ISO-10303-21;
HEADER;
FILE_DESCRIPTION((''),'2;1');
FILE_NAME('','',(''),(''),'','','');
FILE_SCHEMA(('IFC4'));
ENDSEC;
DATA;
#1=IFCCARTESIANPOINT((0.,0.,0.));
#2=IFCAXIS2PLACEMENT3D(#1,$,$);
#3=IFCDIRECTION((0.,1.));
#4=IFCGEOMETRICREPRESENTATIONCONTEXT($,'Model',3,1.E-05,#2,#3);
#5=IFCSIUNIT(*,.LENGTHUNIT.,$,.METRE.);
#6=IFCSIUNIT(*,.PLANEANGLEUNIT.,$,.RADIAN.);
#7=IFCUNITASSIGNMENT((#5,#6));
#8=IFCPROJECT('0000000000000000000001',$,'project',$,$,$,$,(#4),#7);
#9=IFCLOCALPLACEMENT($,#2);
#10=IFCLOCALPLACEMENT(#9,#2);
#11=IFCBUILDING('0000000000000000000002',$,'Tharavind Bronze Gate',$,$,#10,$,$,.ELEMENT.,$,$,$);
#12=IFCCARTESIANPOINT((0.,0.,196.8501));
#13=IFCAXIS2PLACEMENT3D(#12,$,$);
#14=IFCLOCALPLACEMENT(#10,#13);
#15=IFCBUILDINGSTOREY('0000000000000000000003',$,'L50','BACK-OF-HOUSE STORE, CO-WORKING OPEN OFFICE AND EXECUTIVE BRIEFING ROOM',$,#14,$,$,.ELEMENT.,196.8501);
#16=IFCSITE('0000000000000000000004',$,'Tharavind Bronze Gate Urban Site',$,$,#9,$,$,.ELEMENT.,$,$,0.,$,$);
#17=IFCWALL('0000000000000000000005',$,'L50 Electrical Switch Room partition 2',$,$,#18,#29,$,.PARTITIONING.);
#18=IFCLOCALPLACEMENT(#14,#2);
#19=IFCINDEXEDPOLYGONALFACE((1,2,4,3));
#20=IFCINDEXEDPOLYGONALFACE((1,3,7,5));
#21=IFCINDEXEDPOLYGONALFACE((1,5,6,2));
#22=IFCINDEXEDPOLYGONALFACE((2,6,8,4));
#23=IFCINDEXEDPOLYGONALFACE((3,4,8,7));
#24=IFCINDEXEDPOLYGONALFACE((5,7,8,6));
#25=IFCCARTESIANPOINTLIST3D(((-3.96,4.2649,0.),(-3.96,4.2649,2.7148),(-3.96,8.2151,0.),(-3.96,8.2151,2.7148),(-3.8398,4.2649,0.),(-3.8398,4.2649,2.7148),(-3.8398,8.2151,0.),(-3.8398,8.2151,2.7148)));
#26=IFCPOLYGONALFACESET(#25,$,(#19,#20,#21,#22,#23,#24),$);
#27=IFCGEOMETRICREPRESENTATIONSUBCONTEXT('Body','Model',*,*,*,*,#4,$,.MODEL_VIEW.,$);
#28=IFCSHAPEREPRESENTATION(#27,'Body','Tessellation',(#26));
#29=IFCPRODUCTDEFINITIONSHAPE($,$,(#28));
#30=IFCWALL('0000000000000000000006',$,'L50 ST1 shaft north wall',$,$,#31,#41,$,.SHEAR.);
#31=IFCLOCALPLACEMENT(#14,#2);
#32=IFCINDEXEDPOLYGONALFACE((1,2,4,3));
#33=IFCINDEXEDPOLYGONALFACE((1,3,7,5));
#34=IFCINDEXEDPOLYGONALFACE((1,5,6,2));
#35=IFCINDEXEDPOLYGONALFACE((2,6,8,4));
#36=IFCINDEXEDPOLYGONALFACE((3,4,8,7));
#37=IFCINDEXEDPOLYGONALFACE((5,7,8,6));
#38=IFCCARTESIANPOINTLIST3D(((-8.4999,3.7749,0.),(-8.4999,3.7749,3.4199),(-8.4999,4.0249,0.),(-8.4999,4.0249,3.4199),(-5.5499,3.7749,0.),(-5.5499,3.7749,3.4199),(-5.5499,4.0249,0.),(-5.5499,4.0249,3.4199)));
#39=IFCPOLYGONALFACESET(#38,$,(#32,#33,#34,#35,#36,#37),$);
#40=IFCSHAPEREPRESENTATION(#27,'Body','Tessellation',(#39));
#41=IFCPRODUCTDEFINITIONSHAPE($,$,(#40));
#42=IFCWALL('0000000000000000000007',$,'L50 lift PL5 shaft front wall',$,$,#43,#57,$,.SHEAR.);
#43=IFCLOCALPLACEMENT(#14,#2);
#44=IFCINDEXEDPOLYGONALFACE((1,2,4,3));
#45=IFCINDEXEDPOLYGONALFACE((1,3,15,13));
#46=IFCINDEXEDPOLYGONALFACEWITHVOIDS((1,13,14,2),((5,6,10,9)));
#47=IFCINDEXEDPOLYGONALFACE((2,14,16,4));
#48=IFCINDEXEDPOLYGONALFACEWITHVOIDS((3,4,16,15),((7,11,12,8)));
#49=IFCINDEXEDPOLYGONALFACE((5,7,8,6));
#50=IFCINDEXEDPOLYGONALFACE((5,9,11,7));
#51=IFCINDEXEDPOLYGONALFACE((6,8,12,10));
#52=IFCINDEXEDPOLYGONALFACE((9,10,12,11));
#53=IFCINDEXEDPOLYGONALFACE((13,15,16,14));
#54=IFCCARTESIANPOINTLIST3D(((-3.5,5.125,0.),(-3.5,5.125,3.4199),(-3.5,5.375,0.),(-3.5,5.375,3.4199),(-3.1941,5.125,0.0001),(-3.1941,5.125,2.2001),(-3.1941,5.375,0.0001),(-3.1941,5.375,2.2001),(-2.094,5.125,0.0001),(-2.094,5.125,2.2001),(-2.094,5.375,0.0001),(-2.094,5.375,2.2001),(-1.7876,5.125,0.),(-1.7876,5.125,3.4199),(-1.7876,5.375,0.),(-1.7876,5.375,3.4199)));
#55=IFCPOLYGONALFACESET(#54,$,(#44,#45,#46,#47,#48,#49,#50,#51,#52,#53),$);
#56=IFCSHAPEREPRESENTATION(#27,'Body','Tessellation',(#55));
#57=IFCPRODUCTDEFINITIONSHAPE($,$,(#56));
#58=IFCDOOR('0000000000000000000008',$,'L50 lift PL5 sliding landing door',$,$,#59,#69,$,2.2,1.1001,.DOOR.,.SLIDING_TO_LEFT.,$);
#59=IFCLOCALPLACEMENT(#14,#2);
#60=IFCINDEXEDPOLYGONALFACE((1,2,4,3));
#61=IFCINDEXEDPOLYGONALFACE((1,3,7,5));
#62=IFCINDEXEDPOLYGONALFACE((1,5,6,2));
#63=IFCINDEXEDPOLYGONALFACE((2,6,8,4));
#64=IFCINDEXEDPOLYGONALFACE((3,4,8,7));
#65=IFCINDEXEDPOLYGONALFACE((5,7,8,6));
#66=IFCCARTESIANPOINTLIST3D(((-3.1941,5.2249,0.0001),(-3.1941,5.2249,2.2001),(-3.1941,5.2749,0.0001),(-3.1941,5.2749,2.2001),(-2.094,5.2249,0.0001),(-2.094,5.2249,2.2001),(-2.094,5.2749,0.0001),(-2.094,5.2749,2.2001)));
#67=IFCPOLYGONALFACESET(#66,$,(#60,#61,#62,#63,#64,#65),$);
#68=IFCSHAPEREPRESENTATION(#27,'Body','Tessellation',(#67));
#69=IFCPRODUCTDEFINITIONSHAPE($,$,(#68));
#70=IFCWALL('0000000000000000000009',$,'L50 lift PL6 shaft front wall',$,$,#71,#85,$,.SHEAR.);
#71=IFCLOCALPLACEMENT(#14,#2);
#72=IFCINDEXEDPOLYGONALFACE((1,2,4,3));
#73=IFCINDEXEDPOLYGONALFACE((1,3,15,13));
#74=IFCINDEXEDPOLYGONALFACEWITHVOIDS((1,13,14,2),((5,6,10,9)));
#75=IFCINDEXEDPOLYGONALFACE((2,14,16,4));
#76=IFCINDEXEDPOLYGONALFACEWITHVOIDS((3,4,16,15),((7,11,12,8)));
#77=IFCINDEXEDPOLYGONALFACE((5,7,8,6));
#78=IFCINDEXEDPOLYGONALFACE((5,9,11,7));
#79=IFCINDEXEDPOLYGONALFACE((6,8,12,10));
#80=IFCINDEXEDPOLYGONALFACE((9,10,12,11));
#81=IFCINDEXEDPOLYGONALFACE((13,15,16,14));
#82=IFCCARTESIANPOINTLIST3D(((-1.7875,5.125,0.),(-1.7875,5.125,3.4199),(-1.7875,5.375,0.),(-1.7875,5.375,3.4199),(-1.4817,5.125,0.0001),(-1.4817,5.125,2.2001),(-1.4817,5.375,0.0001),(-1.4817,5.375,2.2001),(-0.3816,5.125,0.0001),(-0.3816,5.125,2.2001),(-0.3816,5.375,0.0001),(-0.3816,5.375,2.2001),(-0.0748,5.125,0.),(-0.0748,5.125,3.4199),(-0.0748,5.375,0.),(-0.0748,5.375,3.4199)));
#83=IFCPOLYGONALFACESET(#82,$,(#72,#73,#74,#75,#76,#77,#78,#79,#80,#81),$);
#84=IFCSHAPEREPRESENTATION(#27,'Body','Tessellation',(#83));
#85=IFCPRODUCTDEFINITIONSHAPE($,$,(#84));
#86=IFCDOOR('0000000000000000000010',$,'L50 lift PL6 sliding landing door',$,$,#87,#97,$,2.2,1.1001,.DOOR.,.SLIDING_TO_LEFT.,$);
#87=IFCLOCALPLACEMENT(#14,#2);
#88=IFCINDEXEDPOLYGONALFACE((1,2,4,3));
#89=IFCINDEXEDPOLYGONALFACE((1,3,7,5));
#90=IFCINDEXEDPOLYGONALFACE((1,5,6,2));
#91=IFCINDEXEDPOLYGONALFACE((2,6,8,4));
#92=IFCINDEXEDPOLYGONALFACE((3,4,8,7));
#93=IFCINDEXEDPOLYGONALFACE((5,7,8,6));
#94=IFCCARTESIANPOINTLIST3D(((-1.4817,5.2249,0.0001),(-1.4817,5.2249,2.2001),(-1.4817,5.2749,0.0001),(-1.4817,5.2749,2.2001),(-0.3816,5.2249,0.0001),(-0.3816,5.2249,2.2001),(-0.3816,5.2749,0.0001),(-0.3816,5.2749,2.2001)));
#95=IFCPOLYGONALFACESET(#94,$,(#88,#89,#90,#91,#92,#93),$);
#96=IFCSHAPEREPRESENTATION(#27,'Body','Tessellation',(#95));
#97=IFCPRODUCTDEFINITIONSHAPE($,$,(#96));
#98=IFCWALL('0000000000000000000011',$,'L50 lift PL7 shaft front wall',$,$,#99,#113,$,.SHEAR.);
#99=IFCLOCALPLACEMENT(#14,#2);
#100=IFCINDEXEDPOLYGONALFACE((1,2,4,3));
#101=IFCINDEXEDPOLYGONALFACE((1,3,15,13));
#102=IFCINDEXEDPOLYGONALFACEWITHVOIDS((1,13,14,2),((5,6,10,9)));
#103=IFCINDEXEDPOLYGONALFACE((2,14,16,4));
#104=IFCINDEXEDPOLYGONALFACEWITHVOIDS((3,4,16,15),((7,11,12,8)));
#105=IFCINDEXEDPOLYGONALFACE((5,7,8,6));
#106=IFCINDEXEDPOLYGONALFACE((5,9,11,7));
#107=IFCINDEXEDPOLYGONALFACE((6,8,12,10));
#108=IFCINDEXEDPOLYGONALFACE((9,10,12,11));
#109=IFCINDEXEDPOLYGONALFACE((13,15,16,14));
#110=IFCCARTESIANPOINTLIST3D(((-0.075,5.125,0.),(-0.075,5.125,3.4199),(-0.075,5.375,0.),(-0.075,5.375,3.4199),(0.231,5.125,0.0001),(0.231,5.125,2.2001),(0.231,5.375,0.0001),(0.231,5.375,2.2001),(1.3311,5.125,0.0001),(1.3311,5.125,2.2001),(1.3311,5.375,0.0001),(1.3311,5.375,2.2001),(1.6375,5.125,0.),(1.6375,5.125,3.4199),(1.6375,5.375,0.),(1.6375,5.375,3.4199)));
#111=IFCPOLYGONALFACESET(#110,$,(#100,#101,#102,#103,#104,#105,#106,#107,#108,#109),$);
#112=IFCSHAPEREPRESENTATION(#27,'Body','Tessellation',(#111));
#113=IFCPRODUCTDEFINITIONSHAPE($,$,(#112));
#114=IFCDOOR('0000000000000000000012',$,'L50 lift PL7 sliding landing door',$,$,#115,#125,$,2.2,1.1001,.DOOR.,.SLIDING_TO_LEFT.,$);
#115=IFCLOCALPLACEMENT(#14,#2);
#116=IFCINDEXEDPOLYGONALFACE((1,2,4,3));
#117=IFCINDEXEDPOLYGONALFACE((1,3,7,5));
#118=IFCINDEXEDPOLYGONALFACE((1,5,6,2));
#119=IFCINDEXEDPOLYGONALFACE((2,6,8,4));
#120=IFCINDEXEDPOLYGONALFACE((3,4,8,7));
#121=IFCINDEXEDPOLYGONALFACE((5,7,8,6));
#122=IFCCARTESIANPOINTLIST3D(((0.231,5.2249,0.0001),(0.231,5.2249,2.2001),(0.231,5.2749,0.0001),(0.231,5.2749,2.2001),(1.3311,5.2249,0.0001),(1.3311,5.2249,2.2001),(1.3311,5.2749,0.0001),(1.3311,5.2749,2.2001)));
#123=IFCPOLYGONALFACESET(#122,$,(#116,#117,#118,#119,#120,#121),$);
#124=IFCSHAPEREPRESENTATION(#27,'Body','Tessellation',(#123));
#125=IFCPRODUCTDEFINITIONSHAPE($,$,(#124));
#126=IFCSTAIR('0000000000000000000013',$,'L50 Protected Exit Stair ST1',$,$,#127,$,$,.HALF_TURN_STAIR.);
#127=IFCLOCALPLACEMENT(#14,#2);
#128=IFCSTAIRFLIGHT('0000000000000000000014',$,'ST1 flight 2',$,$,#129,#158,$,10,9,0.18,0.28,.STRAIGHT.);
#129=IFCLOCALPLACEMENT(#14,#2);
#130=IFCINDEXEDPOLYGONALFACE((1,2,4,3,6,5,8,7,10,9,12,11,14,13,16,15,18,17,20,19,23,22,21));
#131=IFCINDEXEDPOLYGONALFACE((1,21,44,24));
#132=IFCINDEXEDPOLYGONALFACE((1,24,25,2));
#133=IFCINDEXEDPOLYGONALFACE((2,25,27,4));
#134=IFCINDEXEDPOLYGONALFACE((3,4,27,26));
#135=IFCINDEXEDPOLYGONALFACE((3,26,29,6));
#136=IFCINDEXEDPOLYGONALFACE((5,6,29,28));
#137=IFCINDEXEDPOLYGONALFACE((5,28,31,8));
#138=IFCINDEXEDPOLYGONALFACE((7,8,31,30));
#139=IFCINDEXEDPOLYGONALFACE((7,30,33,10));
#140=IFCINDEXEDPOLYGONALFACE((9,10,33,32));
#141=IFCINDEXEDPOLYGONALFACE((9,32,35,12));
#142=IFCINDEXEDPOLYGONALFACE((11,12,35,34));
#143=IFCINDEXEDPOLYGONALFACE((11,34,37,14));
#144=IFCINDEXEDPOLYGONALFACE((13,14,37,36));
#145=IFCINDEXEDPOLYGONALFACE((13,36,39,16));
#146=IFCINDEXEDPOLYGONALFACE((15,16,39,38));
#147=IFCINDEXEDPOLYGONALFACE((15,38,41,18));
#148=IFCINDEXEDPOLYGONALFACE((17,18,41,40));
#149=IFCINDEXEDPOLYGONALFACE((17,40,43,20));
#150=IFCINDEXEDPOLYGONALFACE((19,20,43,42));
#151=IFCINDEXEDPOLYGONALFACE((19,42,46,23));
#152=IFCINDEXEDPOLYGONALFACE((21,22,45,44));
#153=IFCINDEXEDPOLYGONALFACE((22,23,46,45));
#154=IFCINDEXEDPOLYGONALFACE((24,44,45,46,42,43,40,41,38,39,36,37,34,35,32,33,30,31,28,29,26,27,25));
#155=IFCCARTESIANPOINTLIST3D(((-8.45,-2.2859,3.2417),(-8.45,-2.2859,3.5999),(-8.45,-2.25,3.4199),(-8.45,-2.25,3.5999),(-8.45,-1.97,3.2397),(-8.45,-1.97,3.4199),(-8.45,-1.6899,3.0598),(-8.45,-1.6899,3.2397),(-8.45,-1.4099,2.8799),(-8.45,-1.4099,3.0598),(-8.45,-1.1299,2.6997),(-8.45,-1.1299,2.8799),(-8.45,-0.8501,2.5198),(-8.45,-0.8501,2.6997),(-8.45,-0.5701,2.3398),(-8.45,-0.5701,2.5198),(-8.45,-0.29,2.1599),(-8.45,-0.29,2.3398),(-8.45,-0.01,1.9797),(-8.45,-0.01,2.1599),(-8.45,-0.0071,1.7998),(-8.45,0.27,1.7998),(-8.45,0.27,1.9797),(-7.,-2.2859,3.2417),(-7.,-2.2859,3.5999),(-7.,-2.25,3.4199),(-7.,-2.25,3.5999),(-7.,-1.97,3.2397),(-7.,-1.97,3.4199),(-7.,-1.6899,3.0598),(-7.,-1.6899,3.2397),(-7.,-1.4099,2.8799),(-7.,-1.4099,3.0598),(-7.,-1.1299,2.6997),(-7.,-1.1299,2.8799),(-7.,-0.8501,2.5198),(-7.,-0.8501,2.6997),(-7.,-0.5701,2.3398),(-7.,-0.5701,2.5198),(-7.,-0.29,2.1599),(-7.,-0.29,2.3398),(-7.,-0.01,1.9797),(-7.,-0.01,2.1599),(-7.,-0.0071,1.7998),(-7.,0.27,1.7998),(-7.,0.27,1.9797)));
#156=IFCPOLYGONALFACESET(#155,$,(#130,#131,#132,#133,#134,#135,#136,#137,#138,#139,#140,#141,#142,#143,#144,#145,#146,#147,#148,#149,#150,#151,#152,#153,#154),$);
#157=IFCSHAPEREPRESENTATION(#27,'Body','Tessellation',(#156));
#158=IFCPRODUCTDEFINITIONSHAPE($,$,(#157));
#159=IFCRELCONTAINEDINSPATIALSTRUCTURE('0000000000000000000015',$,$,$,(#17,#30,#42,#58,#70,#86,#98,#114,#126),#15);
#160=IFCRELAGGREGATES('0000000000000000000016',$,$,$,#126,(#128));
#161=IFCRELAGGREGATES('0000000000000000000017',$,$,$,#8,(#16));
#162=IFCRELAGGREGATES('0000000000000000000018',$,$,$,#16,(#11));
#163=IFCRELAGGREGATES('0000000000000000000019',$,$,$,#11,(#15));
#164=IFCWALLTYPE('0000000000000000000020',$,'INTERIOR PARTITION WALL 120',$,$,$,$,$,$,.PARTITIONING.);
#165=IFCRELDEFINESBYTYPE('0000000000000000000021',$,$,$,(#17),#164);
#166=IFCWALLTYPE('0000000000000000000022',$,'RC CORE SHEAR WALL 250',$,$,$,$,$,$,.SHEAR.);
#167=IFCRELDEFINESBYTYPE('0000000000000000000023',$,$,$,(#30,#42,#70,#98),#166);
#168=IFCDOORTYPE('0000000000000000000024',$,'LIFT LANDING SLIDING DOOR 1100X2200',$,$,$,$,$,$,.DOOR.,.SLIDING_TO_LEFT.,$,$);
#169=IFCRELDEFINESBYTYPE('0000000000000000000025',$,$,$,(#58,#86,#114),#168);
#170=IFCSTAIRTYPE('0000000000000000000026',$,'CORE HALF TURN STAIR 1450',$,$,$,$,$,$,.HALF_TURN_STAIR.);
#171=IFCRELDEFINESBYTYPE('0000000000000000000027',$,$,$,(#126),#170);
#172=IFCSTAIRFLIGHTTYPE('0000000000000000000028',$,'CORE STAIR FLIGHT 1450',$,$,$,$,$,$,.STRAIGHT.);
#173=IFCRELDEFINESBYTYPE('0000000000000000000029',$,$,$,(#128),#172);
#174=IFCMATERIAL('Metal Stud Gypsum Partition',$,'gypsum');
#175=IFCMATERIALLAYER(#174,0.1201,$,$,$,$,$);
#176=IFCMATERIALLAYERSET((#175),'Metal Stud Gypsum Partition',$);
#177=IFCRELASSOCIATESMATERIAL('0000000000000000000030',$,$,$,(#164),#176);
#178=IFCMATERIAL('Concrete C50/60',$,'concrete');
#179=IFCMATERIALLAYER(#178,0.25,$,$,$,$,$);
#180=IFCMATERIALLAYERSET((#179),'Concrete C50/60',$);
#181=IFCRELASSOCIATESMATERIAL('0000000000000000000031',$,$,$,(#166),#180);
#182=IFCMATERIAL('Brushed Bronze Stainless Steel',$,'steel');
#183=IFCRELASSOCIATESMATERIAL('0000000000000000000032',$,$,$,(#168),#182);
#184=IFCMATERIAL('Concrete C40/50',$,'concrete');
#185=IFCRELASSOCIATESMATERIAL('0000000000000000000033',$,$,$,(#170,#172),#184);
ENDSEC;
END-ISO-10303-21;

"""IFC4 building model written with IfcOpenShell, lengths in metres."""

from ifc_helpers import new_model, si_unit, direction, frame, frame_2d, origin, place, context, subcontext, project, spatial, polyline, rectangle, outline, extrude, material, layer, layer_set, type_object, element, fill, aggregate, save


model = new_model("IFC4")

# Units and contexts
model_context = context("Model", 3, precision=1e-05, world=origin(), true_north=direction((0.0, 1.0)))
body_context = subcontext(model_context, "Body", "Model", "MODEL_VIEW")
ifc_project = project(units=[si_unit("LENGTHUNIT", "METRE"), si_unit("PLANEANGLEUNIT", "RADIAN")], contexts=[model_context])

# Site, building, storey
site_placement = place(None, origin())
site = spatial("IfcSite", under=ifc_project, at=site_placement, Name="Tharavind Bronze Gate Urban Site", CompositionType="ELEMENT", RefElevation=0.0)
building_placement = place(site_placement, origin())
building = spatial("IfcBuilding", under=site, at=building_placement, Name="Tharavind Bronze Gate", CompositionType="ELEMENT")
storey_placement = place(building_placement, frame((0.0, 0.0, 196.8501)))
storey = spatial("IfcBuildingStorey", under=building, at=storey_placement, Name="L50", Description="BACK-OF-HOUSE STORE, CO-WORKING OPEN OFFICE AND EXECUTIVE BRIEFING ROOM", CompositionType="ELEMENT", Elevation=196.8501)

# Shared definitions
ifc_material_1 = material(Name="Metal Stud Gypsum Partition", Category="gypsum")
ifc_layer_1 = layer(ifc_material_1, 0.1201)
ifc_layer_set_1 = layer_set([ifc_layer_1], Name="Metal Stud Gypsum Partition")
wall_type_1 = type_object("IfcWallType", Name="INTERIOR PARTITION WALL 120", PredefinedType="PARTITIONING", material=ifc_layer_set_1)

# Walls
wall_1_placement = place(storey_placement, frame((-3.8999, 4.2649, 0.0), z_axis=(0.0, 0.0, 1.0), x_axis=(0.0, 1.0, 0.0)))
element("IfcWall", 1, at=wall_1_placement, inside=storey, type_object=wall_type_1, Name="L50 Electrical Switch Room partition 2", PredefinedType="PARTITIONING", context=body_context, shape_type="SweptSolid", body=[
    extrude(rectangle(XDim=3.9502, YDim=0.1201, at=frame_2d((1.9751, 0.0))), origin(), (0.0, 0.0, 1.0), 2.7148),
])
ifc_material_2 = material(Name="Concrete C50/60", Category="concrete")
ifc_layer_2 = layer(ifc_material_2, 0.25)
ifc_layer_set_2 = layer_set([ifc_layer_2], Name="Concrete C50/60")
wall_type_2 = type_object("IfcWallType", Name="RC CORE SHEAR WALL 250", PredefinedType="SHEAR", material=ifc_layer_set_2)
wall_2_placement = place(storey_placement, frame((-8.5, 3.8999, 0.0), z_axis=(0.0, 0.0, 1.0), x_axis=(1.0, 0.0, 0.0)))
element("IfcWall", 2, at=wall_2_placement, inside=storey, type_object=wall_type_2, Name="L50 ST1 shaft north wall", PredefinedType="SHEAR", context=body_context, shape_type="SweptSolid", body=[
    extrude(rectangle(XDim=2.95, YDim=0.25, at=frame_2d((1.4751, 0.0))), origin(), (0.0, 0.0, 1.0), 3.4199),
])

# Walls, openings, doors
wall_3_placement = place(storey_placement, frame((-3.5, 5.25, 0.0), z_axis=(0.0, 0.0, 1.0), x_axis=(1.0, 0.0, 0.0)))
wall_3 = element("IfcWall", 3, at=wall_3_placement, inside=storey, type_object=wall_type_2, Name="L50 lift PL5 shaft front wall", PredefinedType="SHEAR", context=body_context, shape_type="SweptSolid", body=[
    extrude(rectangle(XDim=1.7124, YDim=0.25, at=frame_2d((0.8562, 0.0))), origin(), (0.0, 0.0, 1.0), 3.4199),
])
opening_1_placement = place(wall_3_placement, frame((0.3059, 0.0, 0.0)))
opening_1 = element("IfcOpeningElement", 4, at=opening_1_placement, cuts=wall_3, PredefinedType="OPENING", context=body_context, shape_type="SweptSolid", body=[
    extrude(rectangle(XDim=1.1001, YDim=2.2, at=frame_2d((0.55, 1.1001))), frame((0.0, 0.135, 0.0), z_axis=(0.0, -1.0, 0.0), x_axis=(1.0, 0.0, 0.0)), (0.0, 0.0, 1.0), 0.27),
])
ifc_material_3 = material(Name="Brushed Bronze Stainless Steel", Category="steel")
door_type_1 = type_object("IfcDoorType", Name="LIFT LANDING SLIDING DOOR 1100X2200", OperationType="SLIDING_TO_LEFT", PredefinedType="DOOR", material=ifc_material_3)
door_1_placement = place(opening_1_placement, origin())
door_1 = element("IfcDoor", 5, at=door_1_placement, inside=storey, type_object=door_type_1, Name="L50 lift PL5 sliding landing door", OperationType="SLIDING_TO_LEFT", OverallHeight=2.2, OverallWidth=1.1001, PredefinedType="DOOR", context=body_context, shape_type="SweptSolid", body=[
    extrude(rectangle(XDim=1.1001, YDim=2.2, at=frame_2d((0.55, 1.1001))), frame((0.0, 0.0249, 0.0), z_axis=(0.0, -1.0, 0.0), x_axis=(1.0, 0.0, 0.0)), (0.0, 0.0, 1.0), 0.05),
])
fill(opening_1, door_1)
wall_4_placement = place(storey_placement, frame((-1.7876, 5.25, 0.0), z_axis=(0.0, 0.0, 1.0), x_axis=(1.0, 0.0, 0.0)))
wall_4 = element("IfcWall", 6, at=wall_4_placement, inside=storey, type_object=wall_type_2, Name="L50 lift PL6 shaft front wall", PredefinedType="SHEAR", context=body_context, shape_type="SweptSolid", body=[
    extrude(rectangle(XDim=1.7126, YDim=0.25, at=frame_2d((0.8564, 0.0))), origin(), (0.0, 0.0, 1.0), 3.4199),
])
opening_2_placement = place(wall_4_placement, frame((0.3059, 0.0, 0.0)))
opening_2 = element("IfcOpeningElement", 7, at=opening_2_placement, cuts=wall_4, PredefinedType="OPENING", context=body_context, shape_type="SweptSolid", body=[
    extrude(rectangle(XDim=1.1001, YDim=2.2, at=frame_2d((0.55, 1.1001))), frame((0.0, 0.135, 0.0), z_axis=(0.0, -1.0, 0.0), x_axis=(1.0, 0.0, 0.0)), (0.0, 0.0, 1.0), 0.27),
])
door_2_placement = place(opening_2_placement, origin())
door_2 = element("IfcDoor", 8, at=door_2_placement, inside=storey, type_object=door_type_1, Name="L50 lift PL6 sliding landing door", OperationType="SLIDING_TO_LEFT", OverallHeight=2.2, OverallWidth=1.1001, PredefinedType="DOOR", context=body_context, shape_type="SweptSolid", body=[
    extrude(rectangle(XDim=1.1001, YDim=2.2, at=frame_2d((0.55, 1.1001))), frame((0.0, 0.0249, 0.0), z_axis=(0.0, -1.0, 0.0), x_axis=(1.0, 0.0, 0.0)), (0.0, 0.0, 1.0), 0.05),
])
fill(opening_2, door_2)
wall_5_placement = place(storey_placement, frame((-0.075, 5.25, 0.0), z_axis=(0.0, 0.0, 1.0), x_axis=(1.0, 0.0, 0.0)))
wall_5 = element("IfcWall", 9, at=wall_5_placement, inside=storey, type_object=wall_type_2, Name="L50 lift PL7 shaft front wall", PredefinedType="SHEAR", context=body_context, shape_type="SweptSolid", body=[
    extrude(rectangle(XDim=1.7124, YDim=0.25, at=frame_2d((0.8562, 0.0))), origin(), (0.0, 0.0, 1.0), 3.4199),
])
opening_3_placement = place(wall_5_placement, frame((0.3059, 0.0, 0.0)))
opening_3 = element("IfcOpeningElement", 10, at=opening_3_placement, cuts=wall_5, PredefinedType="OPENING", context=body_context, shape_type="SweptSolid", body=[
    extrude(rectangle(XDim=1.1001, YDim=2.2, at=frame_2d((0.55, 1.1001))), frame((0.0, 0.135, 0.0), z_axis=(0.0, -1.0, 0.0), x_axis=(1.0, 0.0, 0.0)), (0.0, 0.0, 1.0), 0.27),
])
door_3_placement = place(opening_3_placement, origin())
door_3 = element("IfcDoor", 11, at=door_3_placement, inside=storey, type_object=door_type_1, Name="L50 lift PL7 sliding landing door", OperationType="SLIDING_TO_LEFT", OverallHeight=2.2, OverallWidth=1.1001, PredefinedType="DOOR", context=body_context, shape_type="SweptSolid", body=[
    extrude(rectangle(XDim=1.1001, YDim=2.2, at=frame_2d((0.55, 1.1001))), frame((0.0, 0.0249, 0.0), z_axis=(0.0, -1.0, 0.0), x_axis=(1.0, 0.0, 0.0)), (0.0, 0.0, 1.0), 0.05),
])
fill(opening_3, door_3)

# Stair, stair flight
ifc_material_4 = material(Name="Concrete C40/50", Category="concrete")
stair_type = type_object("IfcStairType", Name="CORE HALF TURN STAIR 1450", PredefinedType="HALF_TURN_STAIR", material=ifc_material_4)
stair_placement = place(storey_placement, origin())
stair = element("IfcStair", 12, at=stair_placement, inside=storey, type_object=stair_type, Name="L50 Protected Exit Stair ST1", PredefinedType="HALF_TURN_STAIR")
stair_flight_type = type_object("IfcStairFlightType", Name="CORE STAIR FLIGHT 1450", PredefinedType="STRAIGHT", material=ifc_material_4)
stair_flight_placement = place(storey_placement, frame((-7.7251, 0.27, 1.7998), z_axis=(0.0, 0.0, 1.0), x_axis=(0.0, -1.0, 0.0)))
stair_flight = element("IfcStairFlight", 13, at=stair_flight_placement, type_object=stair_flight_type, Name="ST1 flight 2", NumberOfRisers=10, NumberOfTreads=9, PredefinedType="STRAIGHT", RiserHeight=0.18, TreadLength=0.28, context=body_context, shape_type="SweptSolid", body=[
    extrude(outline(polyline([(0.0, 0.0), (0.0, 0.1799), (0.28, 0.1799), (0.28, 0.3601), (0.5601, 0.3601), (0.5601, 0.54), (0.8401, 0.54), (0.8401, 0.72), (1.1201, 0.72), (1.1201, 0.8999), (1.3999, 0.8999), (1.3999, 1.0801), (1.6799, 1.0801), (1.6799, 1.26), (1.96, 1.26), (1.96, 1.4399), (2.24, 1.4399), (2.24, 1.6201), (2.52, 1.6201), (2.52, 1.8), (2.5559, 1.8), (2.5559, 1.4419), (0.2771, 0.0), (0.0, 0.0)])), frame((0.0, 0.7251, 0.0), z_axis=(0.0, -1.0, 0.0), x_axis=(1.0, 0.0, 0.0)), (0.0, 0.0, 1.0), 1.45),
])
aggregate(stair, [stair_flight])

save(model, "model.ifc")
